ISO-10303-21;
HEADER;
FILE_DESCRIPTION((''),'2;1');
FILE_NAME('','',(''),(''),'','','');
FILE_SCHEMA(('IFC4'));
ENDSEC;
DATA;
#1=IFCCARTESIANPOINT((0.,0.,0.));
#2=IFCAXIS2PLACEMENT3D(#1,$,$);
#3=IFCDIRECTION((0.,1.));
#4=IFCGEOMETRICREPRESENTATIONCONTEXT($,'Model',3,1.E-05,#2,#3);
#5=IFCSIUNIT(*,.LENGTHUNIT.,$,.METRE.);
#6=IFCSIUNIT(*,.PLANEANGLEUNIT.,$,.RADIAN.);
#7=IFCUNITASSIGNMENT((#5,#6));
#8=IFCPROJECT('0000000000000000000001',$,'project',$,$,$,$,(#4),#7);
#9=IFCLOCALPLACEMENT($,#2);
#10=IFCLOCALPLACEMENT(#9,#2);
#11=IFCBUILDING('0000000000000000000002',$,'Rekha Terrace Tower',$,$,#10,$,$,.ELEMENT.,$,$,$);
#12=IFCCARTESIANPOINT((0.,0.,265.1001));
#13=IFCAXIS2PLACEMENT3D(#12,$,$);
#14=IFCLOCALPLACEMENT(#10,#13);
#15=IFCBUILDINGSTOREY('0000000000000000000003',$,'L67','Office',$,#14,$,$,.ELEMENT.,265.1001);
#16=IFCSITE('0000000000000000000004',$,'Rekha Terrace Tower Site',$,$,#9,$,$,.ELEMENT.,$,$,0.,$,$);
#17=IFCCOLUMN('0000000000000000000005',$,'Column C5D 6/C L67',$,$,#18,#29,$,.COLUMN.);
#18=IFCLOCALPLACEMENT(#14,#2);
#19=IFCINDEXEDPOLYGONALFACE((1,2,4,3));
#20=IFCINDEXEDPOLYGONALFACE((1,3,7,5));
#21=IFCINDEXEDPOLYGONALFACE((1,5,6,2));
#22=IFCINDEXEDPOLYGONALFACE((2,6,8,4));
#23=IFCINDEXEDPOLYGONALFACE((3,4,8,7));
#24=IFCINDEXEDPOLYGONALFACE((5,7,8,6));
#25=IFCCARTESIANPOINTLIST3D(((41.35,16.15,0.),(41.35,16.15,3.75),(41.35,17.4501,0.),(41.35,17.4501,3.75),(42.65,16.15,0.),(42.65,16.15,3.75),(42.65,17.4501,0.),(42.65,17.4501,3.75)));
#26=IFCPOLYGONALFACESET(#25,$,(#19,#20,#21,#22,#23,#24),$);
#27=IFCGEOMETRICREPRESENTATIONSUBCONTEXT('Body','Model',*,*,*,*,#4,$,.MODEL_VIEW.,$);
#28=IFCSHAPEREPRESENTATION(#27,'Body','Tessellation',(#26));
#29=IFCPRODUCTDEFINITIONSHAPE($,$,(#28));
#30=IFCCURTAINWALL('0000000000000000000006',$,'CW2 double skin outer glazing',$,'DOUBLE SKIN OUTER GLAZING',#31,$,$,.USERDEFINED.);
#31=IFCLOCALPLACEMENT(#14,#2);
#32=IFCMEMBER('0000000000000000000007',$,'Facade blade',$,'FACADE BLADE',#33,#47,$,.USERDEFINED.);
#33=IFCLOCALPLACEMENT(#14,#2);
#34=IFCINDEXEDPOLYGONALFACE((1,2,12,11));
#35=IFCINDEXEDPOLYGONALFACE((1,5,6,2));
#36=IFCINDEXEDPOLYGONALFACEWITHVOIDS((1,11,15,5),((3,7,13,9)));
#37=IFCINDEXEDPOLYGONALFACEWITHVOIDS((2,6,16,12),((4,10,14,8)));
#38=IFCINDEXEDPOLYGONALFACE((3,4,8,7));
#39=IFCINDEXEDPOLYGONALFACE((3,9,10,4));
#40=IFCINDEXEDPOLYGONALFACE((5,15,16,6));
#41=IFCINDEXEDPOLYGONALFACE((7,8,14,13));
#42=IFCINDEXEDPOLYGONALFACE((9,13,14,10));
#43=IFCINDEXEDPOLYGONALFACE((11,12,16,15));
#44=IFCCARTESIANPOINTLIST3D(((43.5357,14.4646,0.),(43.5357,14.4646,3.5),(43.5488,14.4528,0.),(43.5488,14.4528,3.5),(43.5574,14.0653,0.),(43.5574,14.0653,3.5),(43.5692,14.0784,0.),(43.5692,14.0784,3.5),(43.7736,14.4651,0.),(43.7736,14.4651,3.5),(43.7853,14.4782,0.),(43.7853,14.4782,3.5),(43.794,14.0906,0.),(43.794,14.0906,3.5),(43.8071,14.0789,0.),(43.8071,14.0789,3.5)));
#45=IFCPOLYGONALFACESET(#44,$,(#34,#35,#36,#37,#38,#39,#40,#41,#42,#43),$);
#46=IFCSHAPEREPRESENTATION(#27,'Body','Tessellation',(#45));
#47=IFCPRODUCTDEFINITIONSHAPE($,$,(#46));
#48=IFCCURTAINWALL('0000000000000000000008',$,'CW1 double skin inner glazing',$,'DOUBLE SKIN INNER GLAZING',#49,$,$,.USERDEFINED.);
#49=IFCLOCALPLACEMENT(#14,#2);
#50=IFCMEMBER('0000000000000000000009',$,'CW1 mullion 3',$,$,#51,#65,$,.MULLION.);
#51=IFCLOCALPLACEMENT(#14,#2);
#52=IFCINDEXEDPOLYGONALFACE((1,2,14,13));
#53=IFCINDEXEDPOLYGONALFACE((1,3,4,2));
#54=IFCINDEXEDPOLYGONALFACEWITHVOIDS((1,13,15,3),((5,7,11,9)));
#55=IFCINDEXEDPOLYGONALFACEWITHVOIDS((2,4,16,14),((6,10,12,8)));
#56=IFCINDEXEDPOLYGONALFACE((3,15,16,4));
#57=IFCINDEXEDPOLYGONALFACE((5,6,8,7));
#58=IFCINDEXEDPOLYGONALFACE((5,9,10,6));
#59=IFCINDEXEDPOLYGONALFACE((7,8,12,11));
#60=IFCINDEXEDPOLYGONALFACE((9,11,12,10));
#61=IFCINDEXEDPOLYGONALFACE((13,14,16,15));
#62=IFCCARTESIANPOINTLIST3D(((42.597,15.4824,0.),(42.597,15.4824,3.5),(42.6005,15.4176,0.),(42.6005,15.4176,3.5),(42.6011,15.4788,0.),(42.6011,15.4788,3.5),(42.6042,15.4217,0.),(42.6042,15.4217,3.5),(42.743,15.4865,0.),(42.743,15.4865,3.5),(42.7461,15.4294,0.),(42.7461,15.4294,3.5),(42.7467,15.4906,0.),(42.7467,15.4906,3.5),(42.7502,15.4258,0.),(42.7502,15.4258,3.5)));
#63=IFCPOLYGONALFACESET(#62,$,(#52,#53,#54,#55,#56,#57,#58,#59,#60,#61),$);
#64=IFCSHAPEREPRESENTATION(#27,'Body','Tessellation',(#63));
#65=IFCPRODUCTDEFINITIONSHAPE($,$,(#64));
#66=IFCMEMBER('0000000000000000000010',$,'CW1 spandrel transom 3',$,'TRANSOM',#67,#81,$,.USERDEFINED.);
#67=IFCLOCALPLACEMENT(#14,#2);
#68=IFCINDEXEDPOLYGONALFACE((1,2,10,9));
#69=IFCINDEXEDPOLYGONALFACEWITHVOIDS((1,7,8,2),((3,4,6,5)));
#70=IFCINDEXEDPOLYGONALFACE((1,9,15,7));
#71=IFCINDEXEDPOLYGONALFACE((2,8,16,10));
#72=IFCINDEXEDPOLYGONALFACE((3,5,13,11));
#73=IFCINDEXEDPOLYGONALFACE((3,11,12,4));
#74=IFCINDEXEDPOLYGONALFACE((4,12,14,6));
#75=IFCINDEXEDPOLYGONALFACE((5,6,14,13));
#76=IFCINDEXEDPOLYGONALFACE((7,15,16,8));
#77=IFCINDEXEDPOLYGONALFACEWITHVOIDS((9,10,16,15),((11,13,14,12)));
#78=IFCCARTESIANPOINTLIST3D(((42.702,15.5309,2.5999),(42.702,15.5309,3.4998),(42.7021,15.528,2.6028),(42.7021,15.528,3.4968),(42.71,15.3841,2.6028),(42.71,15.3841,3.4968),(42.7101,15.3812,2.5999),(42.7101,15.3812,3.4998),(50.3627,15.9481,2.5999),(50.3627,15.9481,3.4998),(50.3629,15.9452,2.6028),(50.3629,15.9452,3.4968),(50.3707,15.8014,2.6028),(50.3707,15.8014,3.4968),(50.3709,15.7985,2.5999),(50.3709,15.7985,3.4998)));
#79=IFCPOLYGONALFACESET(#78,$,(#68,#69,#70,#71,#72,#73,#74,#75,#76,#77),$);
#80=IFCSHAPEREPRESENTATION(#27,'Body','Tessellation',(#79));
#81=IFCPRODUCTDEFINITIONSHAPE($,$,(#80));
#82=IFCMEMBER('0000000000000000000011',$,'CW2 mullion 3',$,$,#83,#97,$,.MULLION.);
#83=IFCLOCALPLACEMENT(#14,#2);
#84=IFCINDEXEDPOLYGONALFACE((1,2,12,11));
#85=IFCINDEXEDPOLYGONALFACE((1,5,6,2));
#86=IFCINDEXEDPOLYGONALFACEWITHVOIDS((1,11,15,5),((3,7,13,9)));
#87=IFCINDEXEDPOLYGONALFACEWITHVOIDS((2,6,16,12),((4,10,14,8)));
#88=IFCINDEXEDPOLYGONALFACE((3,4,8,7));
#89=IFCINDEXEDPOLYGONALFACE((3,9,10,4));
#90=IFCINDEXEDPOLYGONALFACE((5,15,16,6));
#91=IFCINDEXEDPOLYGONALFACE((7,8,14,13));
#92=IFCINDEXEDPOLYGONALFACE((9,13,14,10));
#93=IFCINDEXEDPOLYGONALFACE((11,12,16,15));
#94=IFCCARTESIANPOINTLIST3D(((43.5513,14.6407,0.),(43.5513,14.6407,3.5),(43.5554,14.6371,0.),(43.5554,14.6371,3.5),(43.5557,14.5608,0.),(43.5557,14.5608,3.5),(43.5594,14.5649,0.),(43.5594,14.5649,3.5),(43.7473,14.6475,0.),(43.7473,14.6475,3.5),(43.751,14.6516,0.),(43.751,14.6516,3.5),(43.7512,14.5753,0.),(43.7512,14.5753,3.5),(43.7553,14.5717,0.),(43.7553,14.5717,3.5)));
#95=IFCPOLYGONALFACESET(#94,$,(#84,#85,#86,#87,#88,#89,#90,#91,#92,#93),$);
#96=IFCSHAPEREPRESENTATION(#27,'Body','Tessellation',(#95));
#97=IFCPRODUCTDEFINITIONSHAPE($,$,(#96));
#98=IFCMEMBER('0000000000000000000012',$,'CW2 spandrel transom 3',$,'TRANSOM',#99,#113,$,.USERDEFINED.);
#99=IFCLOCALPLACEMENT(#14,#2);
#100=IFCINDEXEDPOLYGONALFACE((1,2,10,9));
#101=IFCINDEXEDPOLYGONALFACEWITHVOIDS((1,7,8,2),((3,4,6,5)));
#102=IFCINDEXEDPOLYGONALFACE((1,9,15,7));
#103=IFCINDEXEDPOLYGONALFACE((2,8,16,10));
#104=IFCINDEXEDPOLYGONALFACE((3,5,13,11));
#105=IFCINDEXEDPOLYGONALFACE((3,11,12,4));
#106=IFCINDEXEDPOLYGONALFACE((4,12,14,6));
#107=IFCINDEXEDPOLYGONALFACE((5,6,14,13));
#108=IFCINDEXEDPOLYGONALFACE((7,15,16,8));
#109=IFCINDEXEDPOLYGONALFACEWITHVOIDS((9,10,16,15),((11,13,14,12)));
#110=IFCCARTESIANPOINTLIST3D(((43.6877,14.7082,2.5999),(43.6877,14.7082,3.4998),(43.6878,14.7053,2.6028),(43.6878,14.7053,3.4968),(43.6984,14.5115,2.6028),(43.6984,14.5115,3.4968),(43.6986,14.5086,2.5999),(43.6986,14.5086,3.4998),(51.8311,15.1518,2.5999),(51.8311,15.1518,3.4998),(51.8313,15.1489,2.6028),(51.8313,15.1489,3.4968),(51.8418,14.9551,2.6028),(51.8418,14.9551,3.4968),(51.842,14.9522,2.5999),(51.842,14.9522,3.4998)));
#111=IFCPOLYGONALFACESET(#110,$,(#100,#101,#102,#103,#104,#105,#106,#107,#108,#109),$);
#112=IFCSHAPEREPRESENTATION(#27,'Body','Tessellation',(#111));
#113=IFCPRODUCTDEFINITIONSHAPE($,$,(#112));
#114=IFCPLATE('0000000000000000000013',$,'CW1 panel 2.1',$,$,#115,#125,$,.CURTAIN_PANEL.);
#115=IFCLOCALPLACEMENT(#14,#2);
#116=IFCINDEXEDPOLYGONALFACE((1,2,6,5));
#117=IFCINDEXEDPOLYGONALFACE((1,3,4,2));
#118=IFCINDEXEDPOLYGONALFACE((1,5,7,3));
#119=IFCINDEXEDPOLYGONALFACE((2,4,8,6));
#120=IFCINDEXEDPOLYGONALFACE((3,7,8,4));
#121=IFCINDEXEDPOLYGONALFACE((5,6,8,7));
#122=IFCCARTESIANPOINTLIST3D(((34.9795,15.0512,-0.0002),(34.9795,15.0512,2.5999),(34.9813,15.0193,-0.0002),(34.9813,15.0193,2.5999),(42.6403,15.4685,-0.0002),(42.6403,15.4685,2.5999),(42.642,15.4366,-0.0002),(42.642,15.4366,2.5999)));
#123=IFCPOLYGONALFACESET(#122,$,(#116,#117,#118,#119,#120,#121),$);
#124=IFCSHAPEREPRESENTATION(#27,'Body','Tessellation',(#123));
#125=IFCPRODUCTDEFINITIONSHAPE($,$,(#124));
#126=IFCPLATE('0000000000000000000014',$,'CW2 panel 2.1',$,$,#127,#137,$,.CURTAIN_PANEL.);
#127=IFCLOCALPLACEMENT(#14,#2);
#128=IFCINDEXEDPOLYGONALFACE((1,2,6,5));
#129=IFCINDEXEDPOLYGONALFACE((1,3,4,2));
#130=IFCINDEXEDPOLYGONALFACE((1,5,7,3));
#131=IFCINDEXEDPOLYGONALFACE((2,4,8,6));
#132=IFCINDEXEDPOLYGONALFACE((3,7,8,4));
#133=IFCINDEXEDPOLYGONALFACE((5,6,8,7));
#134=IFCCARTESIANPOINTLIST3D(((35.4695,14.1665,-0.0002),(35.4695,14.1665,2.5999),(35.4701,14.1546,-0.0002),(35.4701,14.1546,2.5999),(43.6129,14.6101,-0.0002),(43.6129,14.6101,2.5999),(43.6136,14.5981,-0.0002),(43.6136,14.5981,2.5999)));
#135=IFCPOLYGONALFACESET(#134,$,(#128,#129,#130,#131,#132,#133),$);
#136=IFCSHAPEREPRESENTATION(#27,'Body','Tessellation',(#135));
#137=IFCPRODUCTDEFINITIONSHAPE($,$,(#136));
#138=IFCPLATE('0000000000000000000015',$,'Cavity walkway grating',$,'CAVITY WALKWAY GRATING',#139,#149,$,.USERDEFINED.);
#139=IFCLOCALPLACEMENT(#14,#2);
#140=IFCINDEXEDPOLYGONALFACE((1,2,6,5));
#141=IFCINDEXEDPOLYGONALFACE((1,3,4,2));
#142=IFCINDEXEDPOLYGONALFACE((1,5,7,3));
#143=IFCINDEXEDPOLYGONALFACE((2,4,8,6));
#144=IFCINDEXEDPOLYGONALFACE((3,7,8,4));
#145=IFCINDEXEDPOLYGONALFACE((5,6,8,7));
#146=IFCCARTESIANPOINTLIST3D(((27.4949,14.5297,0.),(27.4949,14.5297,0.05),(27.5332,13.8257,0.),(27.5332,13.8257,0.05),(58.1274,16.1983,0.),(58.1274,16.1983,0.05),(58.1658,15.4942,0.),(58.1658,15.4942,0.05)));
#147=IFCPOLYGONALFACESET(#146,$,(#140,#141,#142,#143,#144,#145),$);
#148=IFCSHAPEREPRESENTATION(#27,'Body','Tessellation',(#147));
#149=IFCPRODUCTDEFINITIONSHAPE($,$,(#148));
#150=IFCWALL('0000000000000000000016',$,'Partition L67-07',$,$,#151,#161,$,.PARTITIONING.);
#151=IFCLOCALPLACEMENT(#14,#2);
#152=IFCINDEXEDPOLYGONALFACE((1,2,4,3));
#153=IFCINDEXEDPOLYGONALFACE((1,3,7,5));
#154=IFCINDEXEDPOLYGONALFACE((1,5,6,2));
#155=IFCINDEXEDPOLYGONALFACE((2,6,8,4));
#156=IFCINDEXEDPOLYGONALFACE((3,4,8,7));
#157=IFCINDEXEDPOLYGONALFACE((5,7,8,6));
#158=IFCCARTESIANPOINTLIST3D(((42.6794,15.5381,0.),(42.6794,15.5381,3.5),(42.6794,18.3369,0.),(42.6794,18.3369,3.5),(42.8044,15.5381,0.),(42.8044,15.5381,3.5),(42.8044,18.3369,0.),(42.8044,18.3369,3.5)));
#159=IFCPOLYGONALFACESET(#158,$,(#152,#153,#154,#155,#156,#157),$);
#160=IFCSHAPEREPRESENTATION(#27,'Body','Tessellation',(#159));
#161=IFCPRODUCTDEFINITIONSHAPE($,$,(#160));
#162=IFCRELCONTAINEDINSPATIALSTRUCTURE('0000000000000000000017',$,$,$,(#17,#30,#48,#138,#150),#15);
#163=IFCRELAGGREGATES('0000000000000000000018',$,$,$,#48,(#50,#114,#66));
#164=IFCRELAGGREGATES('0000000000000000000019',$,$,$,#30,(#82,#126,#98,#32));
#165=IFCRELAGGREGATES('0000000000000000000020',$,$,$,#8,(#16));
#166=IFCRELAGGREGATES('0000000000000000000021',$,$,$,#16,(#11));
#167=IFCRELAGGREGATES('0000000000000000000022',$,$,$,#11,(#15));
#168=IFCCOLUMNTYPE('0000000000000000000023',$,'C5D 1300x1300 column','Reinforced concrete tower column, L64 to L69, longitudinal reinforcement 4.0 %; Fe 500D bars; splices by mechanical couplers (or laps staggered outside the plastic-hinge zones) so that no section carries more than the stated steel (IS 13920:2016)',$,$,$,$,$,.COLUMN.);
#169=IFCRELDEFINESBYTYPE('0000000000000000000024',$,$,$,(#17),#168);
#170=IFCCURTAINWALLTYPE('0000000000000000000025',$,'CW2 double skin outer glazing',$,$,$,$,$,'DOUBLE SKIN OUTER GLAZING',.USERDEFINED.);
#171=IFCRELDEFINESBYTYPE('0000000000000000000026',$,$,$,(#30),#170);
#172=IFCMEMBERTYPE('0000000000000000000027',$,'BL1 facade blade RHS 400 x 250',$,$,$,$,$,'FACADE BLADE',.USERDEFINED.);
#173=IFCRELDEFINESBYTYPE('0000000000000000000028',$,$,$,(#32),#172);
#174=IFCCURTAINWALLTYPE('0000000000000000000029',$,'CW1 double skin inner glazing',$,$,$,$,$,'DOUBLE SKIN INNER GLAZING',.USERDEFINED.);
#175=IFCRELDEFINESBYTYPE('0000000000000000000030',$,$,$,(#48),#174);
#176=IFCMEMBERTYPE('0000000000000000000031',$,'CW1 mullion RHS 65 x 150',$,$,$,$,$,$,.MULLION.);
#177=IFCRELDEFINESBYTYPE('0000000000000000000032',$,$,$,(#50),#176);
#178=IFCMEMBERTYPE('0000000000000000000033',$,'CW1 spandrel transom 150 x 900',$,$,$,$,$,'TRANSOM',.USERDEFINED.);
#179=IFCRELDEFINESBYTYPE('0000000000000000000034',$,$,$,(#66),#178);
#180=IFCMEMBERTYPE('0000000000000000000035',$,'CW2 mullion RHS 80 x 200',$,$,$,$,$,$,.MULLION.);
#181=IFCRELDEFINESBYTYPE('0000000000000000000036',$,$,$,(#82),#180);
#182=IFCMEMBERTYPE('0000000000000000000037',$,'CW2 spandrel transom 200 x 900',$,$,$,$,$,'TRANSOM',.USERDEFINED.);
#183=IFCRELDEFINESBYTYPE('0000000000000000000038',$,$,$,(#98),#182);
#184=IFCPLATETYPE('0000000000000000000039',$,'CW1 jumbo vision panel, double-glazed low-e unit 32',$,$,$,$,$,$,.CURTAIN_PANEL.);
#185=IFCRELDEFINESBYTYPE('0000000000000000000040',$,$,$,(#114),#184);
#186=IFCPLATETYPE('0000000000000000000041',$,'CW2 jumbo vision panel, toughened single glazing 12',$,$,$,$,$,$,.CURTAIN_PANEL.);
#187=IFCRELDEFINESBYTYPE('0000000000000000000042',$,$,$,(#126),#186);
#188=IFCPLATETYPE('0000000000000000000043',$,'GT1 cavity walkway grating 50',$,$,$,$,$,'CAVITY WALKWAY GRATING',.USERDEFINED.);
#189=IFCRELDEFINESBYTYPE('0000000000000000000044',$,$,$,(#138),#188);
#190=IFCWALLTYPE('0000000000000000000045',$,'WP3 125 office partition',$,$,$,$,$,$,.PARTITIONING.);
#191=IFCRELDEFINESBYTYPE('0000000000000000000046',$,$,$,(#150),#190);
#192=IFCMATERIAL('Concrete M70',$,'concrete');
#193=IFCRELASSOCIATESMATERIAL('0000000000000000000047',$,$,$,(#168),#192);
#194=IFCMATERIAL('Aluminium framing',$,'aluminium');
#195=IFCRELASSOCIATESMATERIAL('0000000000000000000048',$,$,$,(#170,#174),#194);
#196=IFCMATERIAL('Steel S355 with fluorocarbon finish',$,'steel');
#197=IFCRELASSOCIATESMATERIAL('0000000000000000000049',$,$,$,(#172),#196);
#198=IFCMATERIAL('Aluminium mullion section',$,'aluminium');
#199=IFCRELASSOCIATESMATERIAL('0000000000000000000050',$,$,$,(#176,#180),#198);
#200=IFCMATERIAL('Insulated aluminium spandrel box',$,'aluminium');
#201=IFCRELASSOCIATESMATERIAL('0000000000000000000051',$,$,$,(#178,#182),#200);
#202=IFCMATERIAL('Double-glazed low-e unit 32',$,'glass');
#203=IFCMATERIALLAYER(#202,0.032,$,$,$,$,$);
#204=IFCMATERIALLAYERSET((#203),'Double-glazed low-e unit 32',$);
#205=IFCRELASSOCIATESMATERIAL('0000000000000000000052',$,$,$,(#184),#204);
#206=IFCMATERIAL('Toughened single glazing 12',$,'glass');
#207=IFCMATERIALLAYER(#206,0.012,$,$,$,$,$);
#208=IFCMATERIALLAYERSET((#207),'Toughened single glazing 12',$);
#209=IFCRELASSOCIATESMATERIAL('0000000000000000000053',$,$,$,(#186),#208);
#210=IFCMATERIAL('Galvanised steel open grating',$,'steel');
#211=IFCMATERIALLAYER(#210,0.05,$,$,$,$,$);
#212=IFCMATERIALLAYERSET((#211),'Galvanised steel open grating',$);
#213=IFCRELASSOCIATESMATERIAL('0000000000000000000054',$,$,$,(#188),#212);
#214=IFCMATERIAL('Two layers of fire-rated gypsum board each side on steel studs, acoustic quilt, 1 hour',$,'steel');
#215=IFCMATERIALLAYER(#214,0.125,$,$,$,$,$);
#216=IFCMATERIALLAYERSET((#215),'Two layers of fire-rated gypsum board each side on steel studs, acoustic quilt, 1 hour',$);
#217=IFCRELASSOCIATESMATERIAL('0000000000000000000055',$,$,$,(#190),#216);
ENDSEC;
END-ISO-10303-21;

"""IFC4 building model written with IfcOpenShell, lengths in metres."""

from ifc_helpers import new_model, si_unit, direction, frame, frame_2d, origin, origin_2d, place, context, subcontext, project, spatial, rectangle, hollow_rectangle, extrude, material, layer, layer_set, material_profile, profile_set, type_object, element, aggregate, save


model = new_model("IFC4")

# Units and contexts
model_context = context("Model", 3, precision=1e-05, world=origin(), true_north=direction((0.0, 1.0)))
body_context = subcontext(model_context, "Body", "Model", "MODEL_VIEW")
ifc_project = project(units=[si_unit("LENGTHUNIT", "METRE"), si_unit("PLANEANGLEUNIT", "RADIAN")], contexts=[model_context])

# Site, building, storey
site_placement = place(None, origin())
site = spatial("IfcSite", under=ifc_project, at=site_placement, Name="Rekha Terrace Tower Site", CompositionType="ELEMENT", RefElevation=0.0)
building_placement = place(site_placement, origin())
building = spatial("IfcBuilding", under=site, at=building_placement, Name="Rekha Terrace Tower", CompositionType="ELEMENT")
storey_placement = place(building_placement, frame((0.0, 0.0, 265.1001)))
storey = spatial("IfcBuildingStorey", under=building, at=storey_placement, Name="L67", Description="Office", CompositionType="ELEMENT", Elevation=265.1001)

# Column
ifc_material_1 = material(Name="Concrete M70", Category="concrete")
ifc_material_profile_1 = material_profile(ifc_material_1, rectangle(XDim=1.3, YDim=1.3, at=origin_2d()), Name="RC 1300x1300")
ifc_profile_set_1 = profile_set([ifc_material_profile_1], Name="Concrete M70")
column_type = type_object("IfcColumnType", Name="C5D 1300x1300 column", Description="Reinforced concrete tower column, L64 to L69, longitudinal reinforcement 4.0 %; Fe 500D bars; splices by mechanical couplers (or laps staggered outside the plastic-hinge zones) so that no section carries more than the stated steel (IS 13920:2016)", PredefinedType="COLUMN", material=ifc_profile_set_1)
column_placement = place(storey_placement, frame((42.0, 16.8, 0.0), z_axis=(0.0, 0.0, 1.0), x_axis=(1.0, 0.0, 0.0)))
element("IfcColumn", 1, at=column_placement, inside=storey, type_object=column_type, Name="Column C5D 6/C L67", PredefinedType="COLUMN", context=body_context, shape_type="SweptSolid", body=[
    extrude(rectangle(XDim=1.3, YDim=1.3, at=origin_2d()), origin(), (0.0, 0.0, 1.0), 3.75),
])

# Curtain wall, member
ifc_material_2 = material(Name="Aluminium framing", Category="aluminium")
curtain_wall_type_1 = type_object("IfcCurtainWallType", Name="CW2 double skin outer glazing", ElementType="DOUBLE SKIN OUTER GLAZING", PredefinedType="USERDEFINED", material=ifc_material_2)
curtain_wall_1_placement = place(storey_placement, origin())
curtain_wall_1 = element("IfcCurtainWall", 2, at=curtain_wall_1_placement, inside=storey, type_object=curtain_wall_type_1, Name="CW2 double skin outer glazing", ObjectType="DOUBLE SKIN OUTER GLAZING", PredefinedType="USERDEFINED")
ifc_material_3 = material(Name="Steel S355 with fluorocarbon finish", Category="steel")
ifc_material_profile_2 = material_profile(ifc_material_3, hollow_rectangle(XDim=0.25, YDim=0.3999, WallThickness=0.0125, at=origin_2d()), Name="RHS400x250x12.5")
ifc_profile_set_2 = profile_set([ifc_material_profile_2], Name="Steel S355 with fluorocarbon finish")
member_type_1 = type_object("IfcMemberType", Name="BL1 facade blade RHS 400 x 250", ElementType="FACADE BLADE", PredefinedType="USERDEFINED", material=ifc_profile_set_2)
member_1_placement = place(storey_placement, frame((43.6714, 14.2717, 0.0), z_axis=(0.0, 0.0, 1.0), x_axis=(0.99852, 0.054389, 0.0)))
member_1 = element("IfcMember", 3, at=member_1_placement, type_object=member_type_1, Name="Facade blade", ObjectType="FACADE BLADE", PredefinedType="USERDEFINED", context=body_context, shape_type="SweptSolid", body=[
    extrude(hollow_rectangle(XDim=0.25, YDim=0.3999, WallThickness=0.0125, at=origin_2d()), origin(), (0.0, 0.0, 1.0), 3.5),
])

# Curtain wall, members
curtain_wall_type_2 = type_object("IfcCurtainWallType", Name="CW1 double skin inner glazing", ElementType="DOUBLE SKIN INNER GLAZING", PredefinedType="USERDEFINED", material=ifc_material_2)
curtain_wall_2_placement = place(storey_placement, origin())
curtain_wall_2 = element("IfcCurtainWall", 4, at=curtain_wall_2_placement, inside=storey, type_object=curtain_wall_type_2, Name="CW1 double skin inner glazing", ObjectType="DOUBLE SKIN INNER GLAZING", PredefinedType="USERDEFINED")
ifc_material_4 = material(Name="Aluminium mullion section", Category="aluminium")
ifc_material_profile_3 = material_profile(ifc_material_4, hollow_rectangle(XDim=0.0649, YDim=0.1499, WallThickness=0.0039, at=origin_2d()), Name="AL RHS 65x150")
ifc_profile_set_3 = profile_set([ifc_material_profile_3], Name="Aluminium mullion section")
member_type_2 = type_object("IfcMemberType", Name="CW1 mullion RHS 65 x 150", PredefinedType="MULLION", material=ifc_profile_set_3)
member_2_placement = place(storey_placement, frame((42.6736, 15.4541, 0.0), z_axis=(0.0, 0.0, 1.0), x_axis=(-0.054389, 0.99852, 0.0)))
member_2 = element("IfcMember", 5, at=member_2_placement, type_object=member_type_2, Name="CW1 mullion 3", PredefinedType="MULLION", context=body_context, shape_type="SweptSolid", body=[
    extrude(hollow_rectangle(XDim=0.0649, YDim=0.1499, WallThickness=0.0039, at=origin_2d()), origin(), (0.0, 0.0, 1.0), 3.5),
])
ifc_material_5 = material(Name="Insulated aluminium spandrel box", Category="aluminium")
ifc_material_profile_4 = material_profile(ifc_material_5, hollow_rectangle(XDim=0.1499, YDim=0.8999, WallThickness=0.0029, at=origin_2d()), Name="AL SPANDREL BOX 150x900")
ifc_profile_set_4 = profile_set([ifc_material_profile_4], Name="Insulated aluminium spandrel box")
member_type_3 = type_object("IfcMemberType", Name="CW1 spandrel transom 150 x 900", ElementType="TRANSOM", PredefinedType="USERDEFINED", material=ifc_profile_set_4)
member_3_placement = place(storey_placement, frame((42.7061, 15.4561, 3.0498), z_axis=(0.99852, 0.054384, 0.0), x_axis=(-0.054384, 0.99852, 0.0)))
member_3 = element("IfcMember", 6, at=member_3_placement, type_object=member_type_3, Name="CW1 spandrel transom 3", ObjectType="TRANSOM", PredefinedType="USERDEFINED", context=body_context, shape_type="SweptSolid", body=[
    extrude(hollow_rectangle(XDim=0.1499, YDim=0.8999, WallThickness=0.0029, at=origin_2d()), origin(), (0.0, 0.0, 1.0), 7.6721),
])

# Members
ifc_material_profile_5 = material_profile(ifc_material_4, hollow_rectangle(XDim=0.0801, YDim=0.2, WallThickness=0.0039, at=origin_2d()), Name="AL RHS 80x200")
ifc_profile_set_5 = profile_set([ifc_material_profile_5], Name="Aluminium mullion section")
member_type_4 = type_object("IfcMemberType", Name="CW2 mullion RHS 80 x 200", PredefinedType="MULLION", material=ifc_profile_set_5)
member_4_placement = place(storey_placement, frame((43.6533, 14.6062, 0.0), z_axis=(0.0, 0.0, 1.0), x_axis=(-0.054389, 0.99852, 0.0)))
member_4 = element("IfcMember", 7, at=member_4_placement, type_object=member_type_4, Name="CW2 mullion 3", PredefinedType="MULLION", context=body_context, shape_type="SweptSolid", body=[
    extrude(hollow_rectangle(XDim=0.0801, YDim=0.2, WallThickness=0.0039, at=origin_2d()), origin(), (0.0, 0.0, 1.0), 3.5),
])
ifc_material_profile_6 = material_profile(ifc_material_5, hollow_rectangle(XDim=0.2, YDim=0.8999, WallThickness=0.0029, at=origin_2d()), Name="AL SPANDREL BOX 200x900")
ifc_profile_set_6 = profile_set([ifc_material_profile_6], Name="Insulated aluminium spandrel box")
member_type_5 = type_object("IfcMemberType", Name="CW2 spandrel transom 200 x 900", ElementType="TRANSOM", PredefinedType="USERDEFINED", material=ifc_profile_set_6)
member_5_placement = place(storey_placement, frame((43.6931, 14.6084, 3.0498), z_axis=(0.99852, 0.054392, 0.0), x_axis=(-0.054392, 0.99852, 0.0)))
member_5 = element("IfcMember", 8, at=member_5_placement, type_object=member_type_5, Name="CW2 spandrel transom 3", ObjectType="TRANSOM", PredefinedType="USERDEFINED", context=body_context, shape_type="SweptSolid", body=[
    extrude(hollow_rectangle(XDim=0.2, YDim=0.8999, WallThickness=0.0029, at=origin_2d()), origin(), (0.0, 0.0, 1.0), 8.1555),
])

# Plates
ifc_material_6 = material(Name="Double-glazed low-e unit 32", Category="glass")
ifc_layer_1 = layer(ifc_material_6, 0.032)
ifc_layer_set_1 = layer_set([ifc_layer_1], Name="Double-glazed low-e unit 32")
plate_type_1 = type_object("IfcPlateType", Name="CW1 jumbo vision panel, double-glazed low-e unit 32", PredefinedType="CURTAIN_PANEL", material=ifc_layer_set_1)
plate_1_placement = place(storey_placement, frame((38.8108, 15.2439, -0.0002), z_axis=(0.0, 0.0, 1.0), x_axis=(0.99852, 0.054389, 0.0)))
plate_1 = element("IfcPlate", 9, at=plate_1_placement, type_object=plate_type_1, Name="CW1 panel 2.1", PredefinedType="CURTAIN_PANEL", context=body_context, shape_type="SweptSolid", body=[
    extrude(rectangle(XDim=7.6721, YDim=0.032, at=origin_2d()), origin(), (0.0, 0.0, 1.0), 2.6001),
])
aggregate(curtain_wall_2, [member_2, plate_1, member_3])
ifc_material_7 = material(Name="Toughened single glazing 12", Category="glass")
ifc_layer_2 = layer(ifc_material_7, 0.012)
ifc_layer_set_2 = layer_set([ifc_layer_2], Name="Toughened single glazing 12")
plate_type_2 = type_object("IfcPlateType", Name="CW2 jumbo vision panel, toughened single glazing 12", PredefinedType="CURTAIN_PANEL", material=ifc_layer_set_2)
plate_2_placement = place(storey_placement, frame((39.5415, 14.3823, -0.0002), z_axis=(0.0, 0.0, 1.0), x_axis=(0.99852, 0.054389, 0.0)))
plate_2 = element("IfcPlate", 10, at=plate_2_placement, type_object=plate_type_2, Name="CW2 panel 2.1", PredefinedType="CURTAIN_PANEL", context=body_context, shape_type="SweptSolid", body=[
    extrude(rectangle(XDim=8.1555, YDim=0.012, at=origin_2d()), origin(), (0.0, 0.0, 1.0), 2.6001),
])
aggregate(curtain_wall_1, [member_4, plate_2, member_5, member_1])
ifc_material_8 = material(Name="Galvanised steel open grating", Category="steel")
ifc_layer_3 = layer(ifc_material_8, 0.05)
ifc_layer_set_3 = layer_set([ifc_layer_3], Name="Galvanised steel open grating")
plate_type_3 = type_object("IfcPlateType", Name="GT1 cavity walkway grating 50", ElementType="CAVITY WALKWAY GRATING", PredefinedType="USERDEFINED", material=ifc_layer_set_3)
plate_3_placement = place(storey_placement, frame((42.8303, 15.012, 0.0), z_axis=(0.0, 0.0, 1.0), x_axis=(0.99852, 0.054389, 0.0)))
element("IfcPlate", 11, at=plate_3_placement, inside=storey, type_object=plate_type_3, Name="Cavity walkway grating", ObjectType="CAVITY WALKWAY GRATING", PredefinedType="USERDEFINED", context=body_context, shape_type="SweptSolid", body=[
    extrude(rectangle(XDim=30.678, YDim=0.7051, at=origin_2d()), origin(), (0.0, 0.0, 1.0), 0.05),
])

# Wall
ifc_material_9 = material(Name="Two layers of fire-rated gypsum board each side on steel studs, acoustic quilt, 1 hour", Category="steel")
ifc_layer_4 = layer(ifc_material_9, 0.125)
ifc_layer_set_4 = layer_set([ifc_layer_4], Name="Two layers of fire-rated gypsum board each side on steel studs, acoustic quilt, 1 hour")
wall_type = type_object("IfcWallType", Name="WP3 125 office partition", PredefinedType="PARTITIONING", material=ifc_layer_set_4)
wall_1_placement = place(storey_placement, frame((42.7419, 18.3369, 0.0), z_axis=(0.0, 0.0, 1.0), x_axis=(0.0, -1.0, 0.0)))
element("IfcWall", 12, at=wall_1_placement, inside=storey, type_object=wall_type, Name="Partition L67-07", PredefinedType="PARTITIONING", context=body_context, shape_type="SweptSolid", body=[
    extrude(rectangle(XDim=2.7988, YDim=0.125, at=frame_2d((1.3994, 0.0))), origin(), (0.0, 0.0, 1.0), 3.5),
])

save(model, "model.ifc")
